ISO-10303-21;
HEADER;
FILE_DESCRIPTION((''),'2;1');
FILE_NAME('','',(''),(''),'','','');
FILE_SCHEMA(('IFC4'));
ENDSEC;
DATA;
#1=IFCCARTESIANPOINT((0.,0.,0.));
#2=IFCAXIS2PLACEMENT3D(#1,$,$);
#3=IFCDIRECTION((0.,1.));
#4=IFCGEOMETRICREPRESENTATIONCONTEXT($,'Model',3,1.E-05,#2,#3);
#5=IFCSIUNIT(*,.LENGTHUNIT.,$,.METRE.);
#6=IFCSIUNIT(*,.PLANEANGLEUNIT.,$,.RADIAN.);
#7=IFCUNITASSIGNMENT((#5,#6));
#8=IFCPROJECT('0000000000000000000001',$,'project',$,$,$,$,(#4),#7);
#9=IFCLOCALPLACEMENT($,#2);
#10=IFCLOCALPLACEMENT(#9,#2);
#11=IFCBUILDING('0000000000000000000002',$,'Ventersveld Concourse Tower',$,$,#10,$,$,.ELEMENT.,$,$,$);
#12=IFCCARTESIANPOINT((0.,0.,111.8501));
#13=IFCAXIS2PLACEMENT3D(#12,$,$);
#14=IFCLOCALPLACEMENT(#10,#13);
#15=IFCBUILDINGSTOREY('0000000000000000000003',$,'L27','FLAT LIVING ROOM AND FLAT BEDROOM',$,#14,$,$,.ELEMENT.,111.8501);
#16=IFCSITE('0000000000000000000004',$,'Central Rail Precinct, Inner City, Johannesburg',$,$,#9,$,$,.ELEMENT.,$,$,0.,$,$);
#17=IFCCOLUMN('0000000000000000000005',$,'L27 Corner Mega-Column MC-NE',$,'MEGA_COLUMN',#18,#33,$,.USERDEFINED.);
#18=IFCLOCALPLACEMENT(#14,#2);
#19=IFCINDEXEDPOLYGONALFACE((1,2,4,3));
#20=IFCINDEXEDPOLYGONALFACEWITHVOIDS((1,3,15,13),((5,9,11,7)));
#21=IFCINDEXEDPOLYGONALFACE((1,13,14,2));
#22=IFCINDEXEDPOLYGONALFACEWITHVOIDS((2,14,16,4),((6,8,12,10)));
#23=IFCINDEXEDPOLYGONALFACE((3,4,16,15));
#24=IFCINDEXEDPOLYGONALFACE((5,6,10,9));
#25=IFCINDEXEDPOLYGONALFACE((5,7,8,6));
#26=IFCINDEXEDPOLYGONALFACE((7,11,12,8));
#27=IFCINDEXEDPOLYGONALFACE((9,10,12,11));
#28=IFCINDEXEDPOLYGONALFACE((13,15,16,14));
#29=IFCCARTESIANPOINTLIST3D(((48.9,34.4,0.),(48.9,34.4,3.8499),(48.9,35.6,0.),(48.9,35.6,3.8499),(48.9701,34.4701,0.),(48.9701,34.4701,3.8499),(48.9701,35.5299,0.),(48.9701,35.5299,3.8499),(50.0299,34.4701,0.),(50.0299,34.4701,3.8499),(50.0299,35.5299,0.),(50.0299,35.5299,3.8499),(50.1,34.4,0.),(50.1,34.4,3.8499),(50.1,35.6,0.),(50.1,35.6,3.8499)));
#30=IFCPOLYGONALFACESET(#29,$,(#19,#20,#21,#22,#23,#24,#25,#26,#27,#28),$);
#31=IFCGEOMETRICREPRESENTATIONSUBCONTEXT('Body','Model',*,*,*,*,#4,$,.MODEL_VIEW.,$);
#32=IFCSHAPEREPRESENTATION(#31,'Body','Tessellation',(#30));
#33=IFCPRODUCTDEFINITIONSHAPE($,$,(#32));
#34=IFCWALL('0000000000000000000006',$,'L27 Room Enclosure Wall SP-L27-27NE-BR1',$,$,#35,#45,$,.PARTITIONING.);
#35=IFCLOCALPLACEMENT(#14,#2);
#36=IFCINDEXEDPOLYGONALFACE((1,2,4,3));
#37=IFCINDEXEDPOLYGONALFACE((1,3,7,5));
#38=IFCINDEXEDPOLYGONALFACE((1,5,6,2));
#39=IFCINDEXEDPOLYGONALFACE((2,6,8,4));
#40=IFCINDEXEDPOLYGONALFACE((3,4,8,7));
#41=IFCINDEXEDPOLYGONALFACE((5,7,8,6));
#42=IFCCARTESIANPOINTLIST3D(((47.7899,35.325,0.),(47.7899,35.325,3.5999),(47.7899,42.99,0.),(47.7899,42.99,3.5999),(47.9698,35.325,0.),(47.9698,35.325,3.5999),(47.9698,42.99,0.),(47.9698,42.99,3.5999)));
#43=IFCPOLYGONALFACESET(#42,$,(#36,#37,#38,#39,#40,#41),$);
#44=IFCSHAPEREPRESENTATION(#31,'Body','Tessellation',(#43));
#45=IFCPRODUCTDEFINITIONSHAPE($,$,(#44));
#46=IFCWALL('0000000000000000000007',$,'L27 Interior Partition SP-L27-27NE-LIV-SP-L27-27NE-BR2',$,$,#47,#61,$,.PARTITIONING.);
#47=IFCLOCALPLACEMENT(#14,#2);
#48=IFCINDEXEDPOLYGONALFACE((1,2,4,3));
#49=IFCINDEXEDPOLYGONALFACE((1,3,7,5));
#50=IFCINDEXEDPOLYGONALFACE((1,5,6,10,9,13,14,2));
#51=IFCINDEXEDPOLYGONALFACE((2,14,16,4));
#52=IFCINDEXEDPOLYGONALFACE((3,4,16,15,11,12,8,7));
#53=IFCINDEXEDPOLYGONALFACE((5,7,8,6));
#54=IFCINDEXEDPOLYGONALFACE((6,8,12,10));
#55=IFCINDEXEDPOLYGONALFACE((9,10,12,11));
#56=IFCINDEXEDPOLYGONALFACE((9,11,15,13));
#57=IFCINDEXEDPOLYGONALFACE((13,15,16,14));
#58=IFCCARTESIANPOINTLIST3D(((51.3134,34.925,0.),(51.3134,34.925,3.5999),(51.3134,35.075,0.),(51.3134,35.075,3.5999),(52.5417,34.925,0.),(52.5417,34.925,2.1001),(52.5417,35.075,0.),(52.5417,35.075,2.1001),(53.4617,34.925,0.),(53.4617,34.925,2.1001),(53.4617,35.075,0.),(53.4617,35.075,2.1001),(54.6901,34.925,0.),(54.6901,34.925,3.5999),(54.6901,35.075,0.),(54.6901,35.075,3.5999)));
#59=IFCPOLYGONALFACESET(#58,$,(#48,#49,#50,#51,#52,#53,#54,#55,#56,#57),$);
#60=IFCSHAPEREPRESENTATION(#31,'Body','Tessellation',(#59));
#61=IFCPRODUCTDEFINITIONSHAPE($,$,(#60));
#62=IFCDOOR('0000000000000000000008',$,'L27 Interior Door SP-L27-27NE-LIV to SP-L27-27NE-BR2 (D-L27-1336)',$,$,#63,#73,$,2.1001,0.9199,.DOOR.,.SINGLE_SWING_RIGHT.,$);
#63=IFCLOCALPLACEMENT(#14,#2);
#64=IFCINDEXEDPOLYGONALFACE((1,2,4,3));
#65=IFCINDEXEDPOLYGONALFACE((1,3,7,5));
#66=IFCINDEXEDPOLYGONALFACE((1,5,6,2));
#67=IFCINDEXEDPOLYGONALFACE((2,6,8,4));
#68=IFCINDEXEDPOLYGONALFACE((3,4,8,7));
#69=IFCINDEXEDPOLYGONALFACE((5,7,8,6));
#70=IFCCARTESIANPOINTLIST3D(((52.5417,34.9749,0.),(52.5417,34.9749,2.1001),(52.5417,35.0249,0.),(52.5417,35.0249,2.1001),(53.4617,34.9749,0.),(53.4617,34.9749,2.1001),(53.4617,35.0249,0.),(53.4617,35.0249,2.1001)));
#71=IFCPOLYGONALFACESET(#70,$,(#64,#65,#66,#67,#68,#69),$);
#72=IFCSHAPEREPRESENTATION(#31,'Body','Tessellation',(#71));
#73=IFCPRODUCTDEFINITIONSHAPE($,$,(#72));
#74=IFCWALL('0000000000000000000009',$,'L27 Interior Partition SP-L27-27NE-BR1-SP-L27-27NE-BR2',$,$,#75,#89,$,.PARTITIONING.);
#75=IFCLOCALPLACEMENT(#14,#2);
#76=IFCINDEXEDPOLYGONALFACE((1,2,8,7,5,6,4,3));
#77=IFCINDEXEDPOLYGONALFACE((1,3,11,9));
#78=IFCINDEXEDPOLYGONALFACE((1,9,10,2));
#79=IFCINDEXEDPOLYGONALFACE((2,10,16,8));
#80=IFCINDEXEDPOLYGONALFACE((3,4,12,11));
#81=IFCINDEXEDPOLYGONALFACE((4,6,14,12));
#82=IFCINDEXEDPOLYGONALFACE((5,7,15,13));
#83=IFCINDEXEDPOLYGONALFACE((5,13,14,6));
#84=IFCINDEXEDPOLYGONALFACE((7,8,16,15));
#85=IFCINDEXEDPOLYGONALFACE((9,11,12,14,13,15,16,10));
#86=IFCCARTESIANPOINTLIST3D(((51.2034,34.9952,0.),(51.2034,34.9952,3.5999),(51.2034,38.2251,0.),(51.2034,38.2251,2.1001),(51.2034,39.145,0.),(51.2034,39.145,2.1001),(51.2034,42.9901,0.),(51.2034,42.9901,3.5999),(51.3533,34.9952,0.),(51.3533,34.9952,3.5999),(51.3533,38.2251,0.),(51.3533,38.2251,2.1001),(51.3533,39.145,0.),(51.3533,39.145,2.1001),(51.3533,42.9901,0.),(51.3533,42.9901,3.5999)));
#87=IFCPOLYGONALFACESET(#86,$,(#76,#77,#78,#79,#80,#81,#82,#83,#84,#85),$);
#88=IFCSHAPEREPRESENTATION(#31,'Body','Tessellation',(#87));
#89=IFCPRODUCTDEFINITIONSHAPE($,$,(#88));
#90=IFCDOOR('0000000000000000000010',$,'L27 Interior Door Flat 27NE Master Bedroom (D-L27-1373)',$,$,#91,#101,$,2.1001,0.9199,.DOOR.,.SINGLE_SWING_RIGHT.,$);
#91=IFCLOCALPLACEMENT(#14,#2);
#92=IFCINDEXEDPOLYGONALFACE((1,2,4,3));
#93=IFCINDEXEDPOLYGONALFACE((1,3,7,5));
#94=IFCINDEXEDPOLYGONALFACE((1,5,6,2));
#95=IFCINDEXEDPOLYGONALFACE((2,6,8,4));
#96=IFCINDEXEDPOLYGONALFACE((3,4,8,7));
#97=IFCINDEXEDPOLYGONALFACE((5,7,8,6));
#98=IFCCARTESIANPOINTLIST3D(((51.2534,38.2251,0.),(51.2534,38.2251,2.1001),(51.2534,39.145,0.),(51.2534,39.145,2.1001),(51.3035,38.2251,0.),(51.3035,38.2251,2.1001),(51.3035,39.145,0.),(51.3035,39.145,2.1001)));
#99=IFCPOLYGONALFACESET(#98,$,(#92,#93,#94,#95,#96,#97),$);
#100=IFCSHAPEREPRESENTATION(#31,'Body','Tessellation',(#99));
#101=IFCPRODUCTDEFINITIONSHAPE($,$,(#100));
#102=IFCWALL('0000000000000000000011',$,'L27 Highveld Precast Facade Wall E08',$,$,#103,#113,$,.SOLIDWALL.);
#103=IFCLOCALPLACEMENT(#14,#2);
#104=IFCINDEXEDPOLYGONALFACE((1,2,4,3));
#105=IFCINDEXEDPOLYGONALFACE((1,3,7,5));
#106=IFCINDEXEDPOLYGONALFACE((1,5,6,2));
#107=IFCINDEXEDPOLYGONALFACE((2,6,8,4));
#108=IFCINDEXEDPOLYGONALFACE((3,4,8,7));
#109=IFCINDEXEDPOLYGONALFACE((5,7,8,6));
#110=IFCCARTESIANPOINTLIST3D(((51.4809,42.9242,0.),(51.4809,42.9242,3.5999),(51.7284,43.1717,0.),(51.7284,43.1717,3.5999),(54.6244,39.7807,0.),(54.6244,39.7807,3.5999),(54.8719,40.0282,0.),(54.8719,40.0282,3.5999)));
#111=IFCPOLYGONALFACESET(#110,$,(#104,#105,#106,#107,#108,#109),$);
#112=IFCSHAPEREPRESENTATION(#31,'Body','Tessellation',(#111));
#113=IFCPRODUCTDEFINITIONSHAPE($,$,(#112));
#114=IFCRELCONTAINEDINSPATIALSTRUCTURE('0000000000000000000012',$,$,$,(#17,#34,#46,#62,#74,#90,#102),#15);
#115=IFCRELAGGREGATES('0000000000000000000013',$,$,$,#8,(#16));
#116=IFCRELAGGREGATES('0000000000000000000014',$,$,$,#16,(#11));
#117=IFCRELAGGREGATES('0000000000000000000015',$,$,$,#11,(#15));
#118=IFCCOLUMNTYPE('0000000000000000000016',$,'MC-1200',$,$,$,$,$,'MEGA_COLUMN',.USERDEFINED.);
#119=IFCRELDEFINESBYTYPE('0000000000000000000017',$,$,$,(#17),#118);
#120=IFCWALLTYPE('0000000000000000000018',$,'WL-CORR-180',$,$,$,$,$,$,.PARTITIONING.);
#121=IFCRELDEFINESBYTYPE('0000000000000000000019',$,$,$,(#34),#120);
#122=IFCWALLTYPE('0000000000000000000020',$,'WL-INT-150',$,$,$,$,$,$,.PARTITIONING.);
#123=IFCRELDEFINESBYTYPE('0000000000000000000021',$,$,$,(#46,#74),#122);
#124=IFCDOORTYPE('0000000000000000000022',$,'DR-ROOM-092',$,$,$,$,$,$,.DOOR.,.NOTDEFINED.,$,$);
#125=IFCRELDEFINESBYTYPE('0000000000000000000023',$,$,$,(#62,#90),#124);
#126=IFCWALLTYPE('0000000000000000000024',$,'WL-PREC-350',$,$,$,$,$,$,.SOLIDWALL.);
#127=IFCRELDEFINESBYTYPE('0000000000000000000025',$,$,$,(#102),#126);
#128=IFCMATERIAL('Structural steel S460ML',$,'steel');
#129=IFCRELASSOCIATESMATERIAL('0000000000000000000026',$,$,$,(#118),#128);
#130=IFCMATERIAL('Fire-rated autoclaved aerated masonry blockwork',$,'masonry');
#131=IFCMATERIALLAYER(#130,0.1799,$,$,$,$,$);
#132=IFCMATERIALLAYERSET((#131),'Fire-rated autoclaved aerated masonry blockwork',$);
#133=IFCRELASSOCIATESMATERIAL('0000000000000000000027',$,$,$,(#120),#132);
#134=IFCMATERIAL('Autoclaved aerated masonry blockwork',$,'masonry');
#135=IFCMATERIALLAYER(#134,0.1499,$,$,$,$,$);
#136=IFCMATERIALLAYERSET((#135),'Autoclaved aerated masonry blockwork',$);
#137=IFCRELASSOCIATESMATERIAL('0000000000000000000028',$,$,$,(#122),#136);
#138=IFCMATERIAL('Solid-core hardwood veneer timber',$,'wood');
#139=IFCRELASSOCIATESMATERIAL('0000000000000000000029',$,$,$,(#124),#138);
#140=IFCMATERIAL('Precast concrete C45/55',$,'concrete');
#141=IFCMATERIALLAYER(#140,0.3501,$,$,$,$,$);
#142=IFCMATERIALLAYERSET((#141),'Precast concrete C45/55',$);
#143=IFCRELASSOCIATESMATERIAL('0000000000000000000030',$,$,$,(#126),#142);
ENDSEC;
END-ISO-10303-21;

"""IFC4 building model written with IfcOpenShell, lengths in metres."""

from ifc_helpers import new_model, si_unit, direction, frame, frame_2d, origin, origin_2d, place, context, subcontext, project, spatial, rectangle, hollow_rectangle, extrude, material, layer, layer_set, material_profile, profile_set, type_object, element, fill, save


model = new_model("IFC4")

# Units and contexts
model_context = context("Model", 3, precision=1e-05, world=origin(), true_north=direction((0.0, 1.0)))
body_context = subcontext(model_context, "Body", "Model", "MODEL_VIEW")
ifc_project = project(units=[si_unit("LENGTHUNIT", "METRE"), si_unit("PLANEANGLEUNIT", "RADIAN")], contexts=[model_context])

# Site, building, storey
site_placement = place(None, origin())
site = spatial("IfcSite", under=ifc_project, at=site_placement, Name="Central Rail Precinct, Inner City, Johannesburg", CompositionType="ELEMENT", RefElevation=0.0)
building_placement = place(site_placement, origin())
building = spatial("IfcBuilding", under=site, at=building_placement, Name="Ventersveld Concourse Tower", CompositionType="ELEMENT")
storey_placement = place(building_placement, frame((0.0, 0.0, 111.8501)))
storey = spatial("IfcBuildingStorey", under=building, at=storey_placement, Name="L27", Description="FLAT LIVING ROOM AND FLAT BEDROOM", CompositionType="ELEMENT", Elevation=111.8501)

# Column
ifc_material_1 = material(Name="Structural steel S460ML", Category="steel")
ifc_material_profile = material_profile(ifc_material_1, hollow_rectangle(XDim=1.2, YDim=1.2, WallThickness=0.0701, at=origin_2d()), Name="BOX 1200x1200x70")
ifc_profile_set = profile_set([ifc_material_profile], Name="Structural steel S460ML")
column_type = type_object("IfcColumnType", Name="MC-1200", ElementType="MEGA_COLUMN", PredefinedType="USERDEFINED", material=ifc_profile_set)
column_placement = place(storey_placement, frame((49.5, 35.0, 0.0), z_axis=(0.0, 0.0, 1.0), x_axis=(1.0, 0.0, 0.0)))
element("IfcColumn", 1, at=column_placement, inside=storey, type_object=column_type, Name="L27 Corner Mega-Column MC-NE", ObjectType="MEGA_COLUMN", PredefinedType="USERDEFINED", context=body_context, shape_type="SweptSolid", body=[
    extrude(hollow_rectangle(XDim=1.2, YDim=1.2, WallThickness=0.0701, at=origin_2d()), origin(), (0.0, 0.0, 1.0), 3.8499),
])

# Wall
ifc_material_2 = material(Name="Fire-rated autoclaved aerated masonry blockwork", Category="masonry")
ifc_layer_1 = layer(ifc_material_2, 0.1799)
ifc_layer_set_1 = layer_set([ifc_layer_1], Name="Fire-rated autoclaved aerated masonry blockwork")
wall_type_1 = type_object("IfcWallType", Name="WL-CORR-180", PredefinedType="PARTITIONING", material=ifc_layer_set_1)
wall_1_placement = place(storey_placement, frame((47.8799, 35.325, 0.0), z_axis=(0.0, 0.0, 1.0), x_axis=(0.0, 1.0, 0.0)))
element("IfcWall", 2, at=wall_1_placement, inside=storey, type_object=wall_type_1, Name="L27 Room Enclosure Wall SP-L27-27NE-BR1", PredefinedType="PARTITIONING", context=body_context, shape_type="SweptSolid", body=[
    extrude(rectangle(XDim=7.665, YDim=0.1799, at=frame_2d((3.8325, 0.0))), origin(), (0.0, 0.0, 1.0), 3.5999),
])

# Walls, openings, doors
ifc_material_3 = material(Name="Autoclaved aerated masonry blockwork", Category="masonry")
ifc_layer_2 = layer(ifc_material_3, 0.1499)
ifc_layer_set_2 = layer_set([ifc_layer_2], Name="Autoclaved aerated masonry blockwork")
wall_type_2 = type_object("IfcWallType", Name="WL-INT-150", PredefinedType="PARTITIONING", material=ifc_layer_set_2)
wall_2_placement = place(storey_placement, frame((51.3132, 35.0, 0.0), z_axis=(0.0, 0.0, 1.0), x_axis=(1.0, 0.0, 0.0)))
wall_2 = element("IfcWall", 3, at=wall_2_placement, inside=storey, type_object=wall_type_2, Name="L27 Interior Partition SP-L27-27NE-LIV-SP-L27-27NE-BR2", PredefinedType="PARTITIONING", context=body_context, shape_type="SweptSolid", body=[
    extrude(rectangle(XDim=3.3767, YDim=0.1499, at=frame_2d((1.6885, 0.0))), origin(), (0.0, 0.0, 1.0), 3.5999),
])
opening_1_placement = place(wall_2_placement, frame((1.2285, 0.0, 0.0)))
opening_1 = element("IfcOpeningElement", 4, at=opening_1_placement, cuts=wall_2, PredefinedType="OPENING", context=body_context, shape_type="SweptSolid", body=[
    extrude(rectangle(XDim=0.9199, YDim=2.1001, at=frame_2d((0.46, 1.05))), frame((0.0, 0.085, 0.0), z_axis=(0.0, -1.0, 0.0), x_axis=(1.0, 0.0, 0.0)), (0.0, 0.0, 1.0), 0.1699),
])
ifc_material_4 = material(Name="Solid-core hardwood veneer timber", Category="wood")
door_type = type_object("IfcDoorType", Name="DR-ROOM-092", OperationType="NOTDEFINED", PredefinedType="DOOR", material=ifc_material_4)
door_1_placement = place(opening_1_placement, origin())
door_1 = element("IfcDoor", 5, at=door_1_placement, inside=storey, type_object=door_type, Name="L27 Interior Door SP-L27-27NE-LIV to SP-L27-27NE-BR2 (D-L27-1336)", OperationType="SINGLE_SWING_RIGHT", OverallHeight=2.1001, OverallWidth=0.9199, PredefinedType="DOOR", context=body_context, shape_type="SweptSolid", body=[
    extrude(rectangle(XDim=0.9199, YDim=2.1001, at=frame_2d((0.46, 1.05))), frame((0.0, 0.0249, 0.0), z_axis=(0.0, -1.0, 0.0), x_axis=(1.0, 0.0, 0.0)), (0.0, 0.0, 1.0), 0.05),
])
fill(opening_1, door_1)
wall_3_placement = place(storey_placement, frame((51.2783, 34.9951, 0.0), z_axis=(0.0, 0.0, 1.0), x_axis=(0.0, 1.0, 0.0)))
wall_3 = element("IfcWall", 6, at=wall_3_placement, inside=storey, type_object=wall_type_2, Name="L27 Interior Partition SP-L27-27NE-BR1-SP-L27-27NE-BR2", PredefinedType="PARTITIONING", context=body_context, shape_type="SweptSolid", body=[
    extrude(rectangle(XDim=7.9949, YDim=0.1499, at=frame_2d((3.9976, 0.0))), origin(), (0.0, 0.0, 1.0), 3.5999),
])
opening_2_placement = place(wall_3_placement, frame((3.23, 0.0, 0.0)))
opening_2 = element("IfcOpeningElement", 7, at=opening_2_placement, cuts=wall_3, PredefinedType="OPENING", context=body_context, shape_type="SweptSolid", body=[
    extrude(rectangle(XDim=0.9199, YDim=2.1001, at=frame_2d((0.46, 1.05))), frame((0.0, 0.085, 0.0), z_axis=(0.0, -1.0, 0.0), x_axis=(1.0, 0.0, 0.0)), (0.0, 0.0, 1.0), 0.1699),
])
door_2_placement = place(opening_2_placement, origin())
door_2 = element("IfcDoor", 8, at=door_2_placement, inside=storey, type_object=door_type, Name="L27 Interior Door Flat 27NE Master Bedroom (D-L27-1373)", OperationType="SINGLE_SWING_RIGHT", OverallHeight=2.1001, OverallWidth=0.9199, PredefinedType="DOOR", context=body_context, shape_type="SweptSolid", body=[
    extrude(rectangle(XDim=0.9199, YDim=2.1001, at=frame_2d((0.46, 1.05))), frame((0.0, 0.0249, 0.0), z_axis=(0.0, -1.0, 0.0), x_axis=(1.0, 0.0, 0.0)), (0.0, 0.0, 1.0), 0.05),
])
fill(opening_2, door_2)

# Wall
ifc_material_5 = material(Name="Precast concrete C45/55", Category="concrete")
ifc_layer_3 = layer(ifc_material_5, 0.3501)
ifc_layer_set_3 = layer_set([ifc_layer_3], Name="Precast concrete C45/55")
wall_type_3 = type_object("IfcWallType", Name="WL-PREC-350", PredefinedType="SOLIDWALL", material=ifc_layer_set_3)
wall_4_placement = place(storey_placement, frame((54.748, 39.9045, 0.0), z_axis=(0.0, 0.0, 1.0), x_axis=(-0.707107, 0.707107, 0.0)))
element("IfcWall", 9, at=wall_4_placement, inside=storey, type_object=wall_type_3, Name="L27 Highveld Precast Facade Wall E08", PredefinedType="SOLIDWALL", context=body_context, shape_type="SweptSolid", body=[
    extrude(rectangle(XDim=4.4456, YDim=0.3501, at=frame_2d((2.2227, 0.0))), origin(), (0.0, 0.0, 1.0), 3.5999),
])

save(model, "model.ifc")
